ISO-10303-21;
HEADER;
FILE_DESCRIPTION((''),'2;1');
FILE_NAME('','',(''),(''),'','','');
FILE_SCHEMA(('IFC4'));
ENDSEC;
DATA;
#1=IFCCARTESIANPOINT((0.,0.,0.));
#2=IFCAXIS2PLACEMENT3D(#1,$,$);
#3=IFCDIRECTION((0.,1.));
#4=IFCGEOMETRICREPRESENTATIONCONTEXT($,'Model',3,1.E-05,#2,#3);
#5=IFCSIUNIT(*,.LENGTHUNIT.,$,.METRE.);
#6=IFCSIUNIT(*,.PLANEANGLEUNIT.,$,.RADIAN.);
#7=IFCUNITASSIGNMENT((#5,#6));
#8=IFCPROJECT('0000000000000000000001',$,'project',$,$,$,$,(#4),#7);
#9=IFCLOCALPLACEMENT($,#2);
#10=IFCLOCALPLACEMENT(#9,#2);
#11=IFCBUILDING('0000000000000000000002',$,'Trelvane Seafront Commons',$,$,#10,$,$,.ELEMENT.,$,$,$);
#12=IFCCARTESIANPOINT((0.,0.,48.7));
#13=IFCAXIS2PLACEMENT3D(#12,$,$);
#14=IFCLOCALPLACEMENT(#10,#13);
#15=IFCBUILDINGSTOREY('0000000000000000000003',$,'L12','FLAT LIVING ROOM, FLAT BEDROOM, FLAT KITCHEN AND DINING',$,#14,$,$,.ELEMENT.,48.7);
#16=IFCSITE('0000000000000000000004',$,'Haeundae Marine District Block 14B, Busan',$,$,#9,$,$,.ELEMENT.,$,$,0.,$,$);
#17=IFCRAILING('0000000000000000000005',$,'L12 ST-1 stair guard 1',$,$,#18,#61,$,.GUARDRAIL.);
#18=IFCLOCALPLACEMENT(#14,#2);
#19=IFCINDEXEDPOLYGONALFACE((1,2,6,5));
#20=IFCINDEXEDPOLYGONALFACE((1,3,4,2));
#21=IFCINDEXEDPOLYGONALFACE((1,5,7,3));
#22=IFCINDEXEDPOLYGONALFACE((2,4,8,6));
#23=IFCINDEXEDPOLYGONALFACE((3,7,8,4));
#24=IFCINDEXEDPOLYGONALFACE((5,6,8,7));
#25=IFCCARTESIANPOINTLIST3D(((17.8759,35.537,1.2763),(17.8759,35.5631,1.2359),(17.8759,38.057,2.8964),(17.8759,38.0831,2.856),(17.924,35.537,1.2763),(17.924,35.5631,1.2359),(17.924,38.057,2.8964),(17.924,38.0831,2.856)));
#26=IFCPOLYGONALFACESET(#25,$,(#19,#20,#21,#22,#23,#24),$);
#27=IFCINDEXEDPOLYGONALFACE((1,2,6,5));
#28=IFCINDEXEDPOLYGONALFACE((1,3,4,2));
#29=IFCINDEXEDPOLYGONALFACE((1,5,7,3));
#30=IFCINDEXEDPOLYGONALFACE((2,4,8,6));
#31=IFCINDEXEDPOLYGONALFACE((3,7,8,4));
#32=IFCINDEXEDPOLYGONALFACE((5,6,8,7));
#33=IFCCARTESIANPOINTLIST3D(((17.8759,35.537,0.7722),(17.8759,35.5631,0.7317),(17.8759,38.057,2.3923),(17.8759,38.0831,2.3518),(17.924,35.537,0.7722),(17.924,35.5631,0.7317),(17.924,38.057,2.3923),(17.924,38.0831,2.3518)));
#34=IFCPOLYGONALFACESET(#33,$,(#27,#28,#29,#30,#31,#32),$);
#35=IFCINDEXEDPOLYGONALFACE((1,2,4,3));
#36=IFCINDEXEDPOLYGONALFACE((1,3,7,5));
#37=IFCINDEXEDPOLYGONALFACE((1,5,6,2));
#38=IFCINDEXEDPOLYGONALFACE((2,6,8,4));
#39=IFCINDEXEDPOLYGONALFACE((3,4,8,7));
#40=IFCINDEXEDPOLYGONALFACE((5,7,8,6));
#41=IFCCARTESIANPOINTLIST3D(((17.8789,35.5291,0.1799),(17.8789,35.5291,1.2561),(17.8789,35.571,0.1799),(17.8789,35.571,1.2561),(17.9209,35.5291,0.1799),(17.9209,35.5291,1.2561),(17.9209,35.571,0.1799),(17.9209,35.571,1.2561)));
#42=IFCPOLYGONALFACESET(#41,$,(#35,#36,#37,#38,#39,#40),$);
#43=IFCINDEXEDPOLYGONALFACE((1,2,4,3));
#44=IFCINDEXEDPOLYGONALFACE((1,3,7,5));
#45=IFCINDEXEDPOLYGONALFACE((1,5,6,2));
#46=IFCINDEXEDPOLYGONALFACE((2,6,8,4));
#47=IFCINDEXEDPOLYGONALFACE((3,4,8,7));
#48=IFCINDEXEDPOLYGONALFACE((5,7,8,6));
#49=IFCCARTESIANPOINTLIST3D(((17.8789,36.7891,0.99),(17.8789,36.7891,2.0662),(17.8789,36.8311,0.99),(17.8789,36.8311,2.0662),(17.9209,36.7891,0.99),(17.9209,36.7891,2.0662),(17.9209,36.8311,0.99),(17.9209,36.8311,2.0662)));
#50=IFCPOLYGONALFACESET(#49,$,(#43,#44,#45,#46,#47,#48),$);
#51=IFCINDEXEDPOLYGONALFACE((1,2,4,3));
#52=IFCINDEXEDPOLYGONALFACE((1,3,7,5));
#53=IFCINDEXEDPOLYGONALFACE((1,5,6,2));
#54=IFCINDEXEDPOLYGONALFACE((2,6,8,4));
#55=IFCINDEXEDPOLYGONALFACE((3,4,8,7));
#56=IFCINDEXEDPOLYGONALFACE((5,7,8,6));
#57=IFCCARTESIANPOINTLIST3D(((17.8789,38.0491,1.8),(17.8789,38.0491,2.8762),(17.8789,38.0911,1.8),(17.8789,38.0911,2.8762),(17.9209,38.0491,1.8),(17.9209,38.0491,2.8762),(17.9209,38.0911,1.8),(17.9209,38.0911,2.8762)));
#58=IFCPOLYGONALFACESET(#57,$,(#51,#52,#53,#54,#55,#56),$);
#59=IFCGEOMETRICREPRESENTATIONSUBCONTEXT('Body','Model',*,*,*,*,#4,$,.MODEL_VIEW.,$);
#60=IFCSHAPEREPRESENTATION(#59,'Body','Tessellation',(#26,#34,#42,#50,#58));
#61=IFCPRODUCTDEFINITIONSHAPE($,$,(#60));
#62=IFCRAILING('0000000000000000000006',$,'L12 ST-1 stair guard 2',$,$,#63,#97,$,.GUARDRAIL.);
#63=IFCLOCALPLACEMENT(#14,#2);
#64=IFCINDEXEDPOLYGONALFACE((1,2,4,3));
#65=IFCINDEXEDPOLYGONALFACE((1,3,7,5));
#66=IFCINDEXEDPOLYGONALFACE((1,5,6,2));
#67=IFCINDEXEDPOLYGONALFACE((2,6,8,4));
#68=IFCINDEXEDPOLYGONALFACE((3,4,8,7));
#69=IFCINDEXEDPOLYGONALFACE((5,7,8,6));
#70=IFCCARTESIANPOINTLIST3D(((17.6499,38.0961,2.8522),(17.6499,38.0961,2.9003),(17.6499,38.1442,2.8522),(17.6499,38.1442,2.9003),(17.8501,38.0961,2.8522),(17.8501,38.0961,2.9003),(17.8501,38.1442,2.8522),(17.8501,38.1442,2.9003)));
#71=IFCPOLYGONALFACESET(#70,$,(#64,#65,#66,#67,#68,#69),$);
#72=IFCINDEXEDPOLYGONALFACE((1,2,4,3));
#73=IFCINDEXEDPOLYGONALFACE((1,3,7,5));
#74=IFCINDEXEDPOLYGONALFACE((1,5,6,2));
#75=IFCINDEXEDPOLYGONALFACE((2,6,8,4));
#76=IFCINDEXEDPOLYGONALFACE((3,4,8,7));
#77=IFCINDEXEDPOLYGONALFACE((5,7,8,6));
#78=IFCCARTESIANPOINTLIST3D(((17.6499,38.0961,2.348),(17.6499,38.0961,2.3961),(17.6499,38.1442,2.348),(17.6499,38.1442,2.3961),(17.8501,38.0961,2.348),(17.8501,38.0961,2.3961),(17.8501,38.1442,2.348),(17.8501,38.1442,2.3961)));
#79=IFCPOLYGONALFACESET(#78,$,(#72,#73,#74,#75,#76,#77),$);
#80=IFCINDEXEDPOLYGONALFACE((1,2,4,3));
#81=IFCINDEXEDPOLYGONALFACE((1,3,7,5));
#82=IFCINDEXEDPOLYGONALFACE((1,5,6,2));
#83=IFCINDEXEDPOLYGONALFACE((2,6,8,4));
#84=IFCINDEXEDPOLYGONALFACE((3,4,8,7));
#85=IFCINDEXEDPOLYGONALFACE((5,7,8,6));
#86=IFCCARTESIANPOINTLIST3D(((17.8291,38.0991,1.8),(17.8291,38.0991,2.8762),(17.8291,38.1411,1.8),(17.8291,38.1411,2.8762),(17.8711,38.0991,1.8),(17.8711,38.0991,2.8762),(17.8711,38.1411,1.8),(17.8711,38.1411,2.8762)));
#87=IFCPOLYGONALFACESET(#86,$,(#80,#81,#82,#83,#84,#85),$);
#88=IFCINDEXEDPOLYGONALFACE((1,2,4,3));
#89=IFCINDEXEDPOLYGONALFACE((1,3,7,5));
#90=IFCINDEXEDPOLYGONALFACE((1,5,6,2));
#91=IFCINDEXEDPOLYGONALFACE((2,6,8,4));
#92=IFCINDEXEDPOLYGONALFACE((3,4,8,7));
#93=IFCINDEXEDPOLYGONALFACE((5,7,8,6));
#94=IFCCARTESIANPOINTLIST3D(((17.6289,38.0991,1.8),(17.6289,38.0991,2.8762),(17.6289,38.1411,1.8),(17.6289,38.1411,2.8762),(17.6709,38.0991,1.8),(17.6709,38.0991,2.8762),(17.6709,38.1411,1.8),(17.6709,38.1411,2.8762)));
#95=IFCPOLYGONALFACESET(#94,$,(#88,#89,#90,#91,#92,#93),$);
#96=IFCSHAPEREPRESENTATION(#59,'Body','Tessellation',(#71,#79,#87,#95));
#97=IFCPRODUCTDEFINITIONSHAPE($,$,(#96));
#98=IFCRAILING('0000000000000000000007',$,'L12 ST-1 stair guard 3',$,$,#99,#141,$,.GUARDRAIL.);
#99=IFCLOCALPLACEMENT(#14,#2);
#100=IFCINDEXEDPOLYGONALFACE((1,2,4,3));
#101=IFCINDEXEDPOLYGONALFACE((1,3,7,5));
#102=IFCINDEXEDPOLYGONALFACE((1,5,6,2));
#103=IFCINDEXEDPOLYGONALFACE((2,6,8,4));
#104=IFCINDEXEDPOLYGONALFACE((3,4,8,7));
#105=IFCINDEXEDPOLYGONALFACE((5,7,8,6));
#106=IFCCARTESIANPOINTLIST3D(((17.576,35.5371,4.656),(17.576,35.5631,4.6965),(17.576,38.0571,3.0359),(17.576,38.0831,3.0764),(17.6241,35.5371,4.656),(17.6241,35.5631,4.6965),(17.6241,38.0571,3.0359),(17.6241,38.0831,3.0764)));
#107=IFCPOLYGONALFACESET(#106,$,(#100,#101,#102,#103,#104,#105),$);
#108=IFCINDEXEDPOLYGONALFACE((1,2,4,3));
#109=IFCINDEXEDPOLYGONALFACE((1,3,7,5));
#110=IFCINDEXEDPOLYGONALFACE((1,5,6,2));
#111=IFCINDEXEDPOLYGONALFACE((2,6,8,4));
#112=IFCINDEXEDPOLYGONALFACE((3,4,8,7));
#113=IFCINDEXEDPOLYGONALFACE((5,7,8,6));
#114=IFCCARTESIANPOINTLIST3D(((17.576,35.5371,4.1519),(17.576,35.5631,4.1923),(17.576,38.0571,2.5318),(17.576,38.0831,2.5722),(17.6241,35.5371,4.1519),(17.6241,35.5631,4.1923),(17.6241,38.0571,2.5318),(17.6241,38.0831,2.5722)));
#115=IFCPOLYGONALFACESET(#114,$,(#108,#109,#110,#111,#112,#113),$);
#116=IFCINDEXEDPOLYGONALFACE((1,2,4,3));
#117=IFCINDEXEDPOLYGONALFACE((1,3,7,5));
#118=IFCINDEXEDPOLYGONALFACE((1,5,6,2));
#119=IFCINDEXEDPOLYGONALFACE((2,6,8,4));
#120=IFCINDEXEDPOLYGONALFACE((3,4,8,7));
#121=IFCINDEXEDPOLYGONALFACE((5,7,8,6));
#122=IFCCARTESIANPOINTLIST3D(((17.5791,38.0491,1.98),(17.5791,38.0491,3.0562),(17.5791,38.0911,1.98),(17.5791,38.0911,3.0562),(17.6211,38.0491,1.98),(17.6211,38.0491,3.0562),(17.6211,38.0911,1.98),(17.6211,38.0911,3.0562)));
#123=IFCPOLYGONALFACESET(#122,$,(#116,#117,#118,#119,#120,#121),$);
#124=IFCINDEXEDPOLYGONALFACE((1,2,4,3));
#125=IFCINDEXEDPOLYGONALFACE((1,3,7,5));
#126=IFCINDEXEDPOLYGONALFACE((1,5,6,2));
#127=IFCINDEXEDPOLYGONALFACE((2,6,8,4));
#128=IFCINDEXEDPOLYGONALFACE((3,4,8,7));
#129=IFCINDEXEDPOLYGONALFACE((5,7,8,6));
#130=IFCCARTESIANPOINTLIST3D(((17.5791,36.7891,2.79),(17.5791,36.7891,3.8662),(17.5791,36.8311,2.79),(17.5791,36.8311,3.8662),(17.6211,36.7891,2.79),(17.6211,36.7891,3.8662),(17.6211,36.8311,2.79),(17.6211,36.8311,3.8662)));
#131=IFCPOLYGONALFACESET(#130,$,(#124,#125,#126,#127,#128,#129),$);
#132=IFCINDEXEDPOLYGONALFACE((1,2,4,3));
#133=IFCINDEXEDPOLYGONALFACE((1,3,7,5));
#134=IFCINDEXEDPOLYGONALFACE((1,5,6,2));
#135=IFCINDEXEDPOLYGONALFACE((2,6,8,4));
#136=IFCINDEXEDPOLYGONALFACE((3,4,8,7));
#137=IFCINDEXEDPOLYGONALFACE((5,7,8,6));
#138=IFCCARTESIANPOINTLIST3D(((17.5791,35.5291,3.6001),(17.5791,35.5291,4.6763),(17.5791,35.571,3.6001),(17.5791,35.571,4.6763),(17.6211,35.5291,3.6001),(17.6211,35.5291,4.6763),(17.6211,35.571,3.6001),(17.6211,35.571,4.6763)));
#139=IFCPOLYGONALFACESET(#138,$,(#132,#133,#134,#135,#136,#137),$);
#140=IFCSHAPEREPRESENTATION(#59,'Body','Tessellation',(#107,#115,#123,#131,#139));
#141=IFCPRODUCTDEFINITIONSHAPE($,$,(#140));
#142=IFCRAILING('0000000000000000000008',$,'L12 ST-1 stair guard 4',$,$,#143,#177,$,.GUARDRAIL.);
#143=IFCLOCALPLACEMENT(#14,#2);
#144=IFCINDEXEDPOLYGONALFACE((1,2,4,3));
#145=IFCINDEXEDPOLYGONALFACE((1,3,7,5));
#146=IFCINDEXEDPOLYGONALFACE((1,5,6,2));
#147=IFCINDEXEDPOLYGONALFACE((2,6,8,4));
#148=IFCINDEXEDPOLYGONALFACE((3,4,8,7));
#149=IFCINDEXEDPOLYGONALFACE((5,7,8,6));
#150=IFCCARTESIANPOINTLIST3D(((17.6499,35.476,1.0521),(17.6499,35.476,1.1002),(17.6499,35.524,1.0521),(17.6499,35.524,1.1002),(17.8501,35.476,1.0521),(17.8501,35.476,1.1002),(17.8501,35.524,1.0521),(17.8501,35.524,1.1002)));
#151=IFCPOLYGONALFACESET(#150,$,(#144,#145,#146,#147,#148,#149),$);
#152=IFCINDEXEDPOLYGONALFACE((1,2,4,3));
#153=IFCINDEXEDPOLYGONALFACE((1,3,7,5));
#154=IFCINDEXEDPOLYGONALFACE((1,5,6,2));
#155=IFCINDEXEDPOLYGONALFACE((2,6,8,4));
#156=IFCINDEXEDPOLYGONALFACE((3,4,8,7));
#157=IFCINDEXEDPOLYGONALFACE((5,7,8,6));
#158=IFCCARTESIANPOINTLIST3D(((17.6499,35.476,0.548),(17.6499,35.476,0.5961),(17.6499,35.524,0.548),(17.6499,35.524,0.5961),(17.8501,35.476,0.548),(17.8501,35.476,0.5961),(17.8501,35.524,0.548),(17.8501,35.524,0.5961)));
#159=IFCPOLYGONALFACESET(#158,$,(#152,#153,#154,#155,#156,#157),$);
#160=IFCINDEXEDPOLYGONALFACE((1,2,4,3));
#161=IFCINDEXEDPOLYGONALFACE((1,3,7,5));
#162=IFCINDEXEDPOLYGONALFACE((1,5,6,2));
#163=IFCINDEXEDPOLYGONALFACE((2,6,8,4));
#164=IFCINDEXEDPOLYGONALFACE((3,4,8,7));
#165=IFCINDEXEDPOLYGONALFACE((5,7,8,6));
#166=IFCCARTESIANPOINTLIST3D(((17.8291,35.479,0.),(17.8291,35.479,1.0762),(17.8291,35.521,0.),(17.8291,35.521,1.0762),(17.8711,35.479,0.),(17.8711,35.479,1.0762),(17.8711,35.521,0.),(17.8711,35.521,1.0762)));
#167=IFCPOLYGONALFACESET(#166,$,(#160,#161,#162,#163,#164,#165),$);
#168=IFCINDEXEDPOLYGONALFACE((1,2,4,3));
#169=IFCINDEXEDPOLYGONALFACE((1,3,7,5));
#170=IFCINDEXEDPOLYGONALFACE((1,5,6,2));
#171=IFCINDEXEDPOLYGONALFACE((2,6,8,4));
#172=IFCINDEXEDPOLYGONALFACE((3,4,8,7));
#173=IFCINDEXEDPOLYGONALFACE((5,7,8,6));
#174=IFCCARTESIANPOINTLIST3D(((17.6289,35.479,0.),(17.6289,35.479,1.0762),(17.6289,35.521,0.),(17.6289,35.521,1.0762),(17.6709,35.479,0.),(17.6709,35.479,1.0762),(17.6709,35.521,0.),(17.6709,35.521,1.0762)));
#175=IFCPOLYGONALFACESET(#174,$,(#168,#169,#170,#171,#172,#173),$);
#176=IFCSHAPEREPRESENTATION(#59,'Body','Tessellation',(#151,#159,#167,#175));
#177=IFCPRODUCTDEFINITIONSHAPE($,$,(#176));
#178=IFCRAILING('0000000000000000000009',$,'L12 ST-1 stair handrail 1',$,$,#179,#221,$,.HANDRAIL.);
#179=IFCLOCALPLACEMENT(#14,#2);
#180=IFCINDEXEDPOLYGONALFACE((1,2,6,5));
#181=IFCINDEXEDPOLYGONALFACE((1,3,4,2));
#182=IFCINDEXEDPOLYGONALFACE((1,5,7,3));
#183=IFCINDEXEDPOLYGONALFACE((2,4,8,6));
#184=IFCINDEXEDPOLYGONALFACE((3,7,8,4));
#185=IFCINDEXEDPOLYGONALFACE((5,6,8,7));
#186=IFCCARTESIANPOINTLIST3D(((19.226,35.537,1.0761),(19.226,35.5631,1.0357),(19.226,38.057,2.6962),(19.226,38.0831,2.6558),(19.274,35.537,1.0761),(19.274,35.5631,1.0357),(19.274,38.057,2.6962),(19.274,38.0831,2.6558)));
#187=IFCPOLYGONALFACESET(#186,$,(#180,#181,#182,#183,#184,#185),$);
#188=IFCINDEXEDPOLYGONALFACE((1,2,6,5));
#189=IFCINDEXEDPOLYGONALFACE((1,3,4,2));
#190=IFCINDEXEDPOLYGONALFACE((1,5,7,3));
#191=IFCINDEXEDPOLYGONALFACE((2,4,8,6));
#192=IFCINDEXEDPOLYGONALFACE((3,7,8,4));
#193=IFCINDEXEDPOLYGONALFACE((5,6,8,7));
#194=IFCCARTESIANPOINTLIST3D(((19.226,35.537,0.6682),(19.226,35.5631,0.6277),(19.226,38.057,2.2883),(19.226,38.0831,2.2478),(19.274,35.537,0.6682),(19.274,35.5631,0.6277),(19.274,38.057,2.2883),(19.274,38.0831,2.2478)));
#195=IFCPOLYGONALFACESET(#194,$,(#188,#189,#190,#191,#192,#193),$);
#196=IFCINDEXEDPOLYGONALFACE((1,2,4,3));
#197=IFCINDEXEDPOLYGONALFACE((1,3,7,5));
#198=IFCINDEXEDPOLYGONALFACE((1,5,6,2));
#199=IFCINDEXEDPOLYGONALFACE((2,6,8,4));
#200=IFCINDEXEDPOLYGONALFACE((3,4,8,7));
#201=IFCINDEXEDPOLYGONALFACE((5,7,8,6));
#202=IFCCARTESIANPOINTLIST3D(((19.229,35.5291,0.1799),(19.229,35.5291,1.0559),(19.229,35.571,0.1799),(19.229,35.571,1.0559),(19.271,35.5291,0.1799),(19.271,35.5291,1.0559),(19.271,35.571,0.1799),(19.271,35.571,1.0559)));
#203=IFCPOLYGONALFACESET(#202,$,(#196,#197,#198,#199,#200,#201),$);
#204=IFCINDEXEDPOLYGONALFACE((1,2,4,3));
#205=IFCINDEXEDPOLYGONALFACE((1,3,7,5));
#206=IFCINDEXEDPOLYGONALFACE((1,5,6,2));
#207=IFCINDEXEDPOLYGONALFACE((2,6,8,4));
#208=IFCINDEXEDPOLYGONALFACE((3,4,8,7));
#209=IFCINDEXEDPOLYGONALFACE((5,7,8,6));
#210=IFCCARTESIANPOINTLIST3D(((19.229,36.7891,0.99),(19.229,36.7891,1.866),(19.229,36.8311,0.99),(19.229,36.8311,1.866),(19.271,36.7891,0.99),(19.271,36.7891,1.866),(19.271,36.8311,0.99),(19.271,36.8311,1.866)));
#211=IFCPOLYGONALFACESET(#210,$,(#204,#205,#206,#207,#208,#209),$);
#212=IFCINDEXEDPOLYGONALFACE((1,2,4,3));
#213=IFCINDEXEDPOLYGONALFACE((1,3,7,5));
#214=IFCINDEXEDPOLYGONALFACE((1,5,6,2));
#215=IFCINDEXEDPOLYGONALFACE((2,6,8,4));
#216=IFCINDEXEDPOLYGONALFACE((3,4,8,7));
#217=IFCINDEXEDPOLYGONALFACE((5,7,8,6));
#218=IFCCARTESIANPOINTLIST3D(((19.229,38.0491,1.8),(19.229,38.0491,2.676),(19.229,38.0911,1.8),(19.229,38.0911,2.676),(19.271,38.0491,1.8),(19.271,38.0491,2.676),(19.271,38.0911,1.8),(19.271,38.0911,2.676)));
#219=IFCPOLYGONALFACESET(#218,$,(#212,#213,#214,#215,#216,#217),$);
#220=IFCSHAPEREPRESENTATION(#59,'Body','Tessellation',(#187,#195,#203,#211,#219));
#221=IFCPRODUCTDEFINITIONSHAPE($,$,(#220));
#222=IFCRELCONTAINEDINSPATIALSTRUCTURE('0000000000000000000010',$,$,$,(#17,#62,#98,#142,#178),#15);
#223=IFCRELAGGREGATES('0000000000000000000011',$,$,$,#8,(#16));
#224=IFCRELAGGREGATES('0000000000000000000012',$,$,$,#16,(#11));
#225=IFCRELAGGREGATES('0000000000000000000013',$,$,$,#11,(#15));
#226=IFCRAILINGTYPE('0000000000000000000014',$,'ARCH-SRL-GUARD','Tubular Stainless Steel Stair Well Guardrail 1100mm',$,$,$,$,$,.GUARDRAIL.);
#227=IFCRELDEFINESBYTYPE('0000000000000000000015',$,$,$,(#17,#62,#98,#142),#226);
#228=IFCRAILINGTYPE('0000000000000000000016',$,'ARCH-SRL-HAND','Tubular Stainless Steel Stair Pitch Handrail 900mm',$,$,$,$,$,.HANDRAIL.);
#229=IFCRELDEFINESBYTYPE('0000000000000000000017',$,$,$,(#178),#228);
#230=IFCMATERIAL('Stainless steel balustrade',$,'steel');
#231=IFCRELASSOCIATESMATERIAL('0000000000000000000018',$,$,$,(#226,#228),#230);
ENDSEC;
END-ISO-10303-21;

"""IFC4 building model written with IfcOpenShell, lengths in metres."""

from ifc_helpers import new_model, si_unit, direction, frame, origin, origin_2d, place, context, subcontext, project, spatial, rectangle, extrude, material, type_object, element, save


model = new_model("IFC4")

# Units and contexts
model_context = context("Model", 3, precision=1e-05, world=origin(), true_north=direction((0.0, 1.0)))
body_context = subcontext(model_context, "Body", "Model", "MODEL_VIEW")
ifc_project = project(units=[si_unit("LENGTHUNIT", "METRE"), si_unit("PLANEANGLEUNIT", "RADIAN")], contexts=[model_context])

# Site, building, storey
site_placement = place(None, origin())
site = spatial("IfcSite", under=ifc_project, at=site_placement, Name="Haeundae Marine District Block 14B, Busan", CompositionType="ELEMENT", RefElevation=0.0)
building_placement = place(site_placement, origin())
building = spatial("IfcBuilding", under=site, at=building_placement, Name="Trelvane Seafront Commons", CompositionType="ELEMENT")
storey_placement = place(building_placement, frame((0.0, 0.0, 48.7)))
storey = spatial("IfcBuildingStorey", under=building, at=storey_placement, Name="L12", Description="FLAT LIVING ROOM, FLAT BEDROOM, FLAT KITCHEN AND DINING", CompositionType="ELEMENT", Elevation=48.7)

# Shared definitions
ifc_material_1 = material(Name="Stainless steel balustrade", Category="steel")

# Railings
railing_type_1 = type_object("IfcRailingType", Name="ARCH-SRL-GUARD", Description="Tubular Stainless Steel Stair Well Guardrail 1100mm", PredefinedType="GUARDRAIL", material=ifc_material_1)
railing_1_placement = place(storey_placement, frame((17.8999, 35.55, 0.1799)))
element("IfcRailing", 1, at=railing_1_placement, inside=storey, type_object=railing_type_1, Name="L12 ST-1 stair guard 1", PredefinedType="GUARDRAIL", context=body_context, shape_type="SweptSolid", body=[
    extrude(rectangle(XDim=0.0481, YDim=0.0481, at=origin_2d()), frame((0.0, 0.0, 1.0762), z_axis=(0.0, 0.841163, 0.540782), x_axis=(-1.0, 0.0, 0.0)), (0.0, 0.0, 1.0), 2.9958),
    extrude(rectangle(XDim=0.0481, YDim=0.0481, at=origin_2d()), frame((0.0, 0.0, 0.572), z_axis=(0.0, 0.841163, 0.540782), x_axis=(-1.0, 0.0, 0.0)), (0.0, 0.0, 1.0), 2.9958),
    extrude(rectangle(XDim=0.042, YDim=0.042, at=origin_2d()), origin(), (0.0, 0.0, 1.0), 1.0762),
    extrude(rectangle(XDim=0.042, YDim=0.042, at=origin_2d()), frame((0.0, 1.26, 0.8101)), (0.0, 0.0, 1.0), 1.0762),
    extrude(rectangle(XDim=0.042, YDim=0.042, at=origin_2d()), frame((0.0, 2.52, 1.6201)), (0.0, 0.0, 1.0), 1.0762),
])
railing_2_placement = place(storey_placement, frame((17.8501, 38.1201, 1.8)))
element("IfcRailing", 2, at=railing_2_placement, inside=storey, type_object=railing_type_1, Name="L12 ST-1 stair guard 2", PredefinedType="GUARDRAIL", context=body_context, shape_type="SweptSolid", body=[
    extrude(rectangle(XDim=0.0481, YDim=0.0481, at=origin_2d()), frame((0.0, 0.0, 1.0762), z_axis=(-1.0, 0.0, 0.0), x_axis=(0.0, -1.0, 0.0)), (0.0, 0.0, 1.0), 0.2002),
    extrude(rectangle(XDim=0.0481, YDim=0.0481, at=origin_2d()), frame((0.0, 0.0, 0.572), z_axis=(-1.0, 0.0, 0.0), x_axis=(0.0, -1.0, 0.0)), (0.0, 0.0, 1.0), 0.2002),
    extrude(rectangle(XDim=0.042, YDim=0.042, at=origin_2d()), origin(), (0.0, 0.0, 1.0), 1.0762),
    extrude(rectangle(XDim=0.042, YDim=0.042, at=origin_2d()), frame((-0.2002, 0.0, 0.0)), (0.0, 0.0, 1.0), 1.0762),
])
railing_3_placement = place(storey_placement, frame((17.6001, 38.0701, 1.98)))
element("IfcRailing", 3, at=railing_3_placement, inside=storey, type_object=railing_type_1, Name="L12 ST-1 stair guard 3", PredefinedType="GUARDRAIL", context=body_context, shape_type="SweptSolid", body=[
    extrude(rectangle(XDim=0.0481, YDim=0.0481, at=origin_2d()), frame((0.0, 0.0, 1.0762), z_axis=(0.0, -0.841163, 0.540782), x_axis=(1.0, 0.0, 0.0)), (0.0, 0.0, 1.0), 2.9958),
    extrude(rectangle(XDim=0.0481, YDim=0.0481, at=origin_2d()), frame((0.0, 0.0, 0.572), z_axis=(0.0, -0.841163, 0.540782), x_axis=(1.0, 0.0, 0.0)), (0.0, 0.0, 1.0), 2.9958),
    extrude(rectangle(XDim=0.042, YDim=0.042, at=origin_2d()), origin(), (0.0, 0.0, 1.0), 1.0762),
    extrude(rectangle(XDim=0.042, YDim=0.042, at=origin_2d()), frame((0.0, -1.26, 0.8101)), (0.0, 0.0, 1.0), 1.0762),
    extrude(rectangle(XDim=0.042, YDim=0.042, at=origin_2d()), frame((0.0, -2.52, 1.6201)), (0.0, 0.0, 1.0), 1.0762),
])
railing_4_placement = place(storey_placement, frame((17.8501, 35.5, 0.0)))
element("IfcRailing", 4, at=railing_4_placement, inside=storey, type_object=railing_type_1, Name="L12 ST-1 stair guard 4", PredefinedType="GUARDRAIL", context=body_context, shape_type="SweptSolid", body=[
    extrude(rectangle(XDim=0.0481, YDim=0.0481, at=origin_2d()), frame((0.0, 0.0, 1.0762), z_axis=(-1.0, 0.0, 0.0), x_axis=(0.0, -1.0, 0.0)), (0.0, 0.0, 1.0), 0.2002),
    extrude(rectangle(XDim=0.0481, YDim=0.0481, at=origin_2d()), frame((0.0, 0.0, 0.572), z_axis=(-1.0, 0.0, 0.0), x_axis=(0.0, -1.0, 0.0)), (0.0, 0.0, 1.0), 0.2002),
    extrude(rectangle(XDim=0.042, YDim=0.042, at=origin_2d()), origin(), (0.0, 0.0, 1.0), 1.0762),
    extrude(rectangle(XDim=0.042, YDim=0.042, at=origin_2d()), frame((-0.2002, 0.0, 0.0)), (0.0, 0.0, 1.0), 1.0762),
])
railing_type_2 = type_object("IfcRailingType", Name="ARCH-SRL-HAND", Description="Tubular Stainless Steel Stair Pitch Handrail 900mm", PredefinedType="HANDRAIL", material=ifc_material_1)
railing_5_placement = place(storey_placement, frame((19.25, 35.55, 0.1799)))
element("IfcRailing", 5, at=railing_5_placement, inside=storey, type_object=railing_type_2, Name="L12 ST-1 stair handrail 1", PredefinedType="HANDRAIL", context=body_context, shape_type="SweptSolid", body=[
    extrude(rectangle(XDim=0.0481, YDim=0.0481, at=origin_2d()), frame((0.0, 0.0, 0.876), z_axis=(0.0, 0.841163, 0.540782), x_axis=(-1.0, 0.0, 0.0)), (0.0, 0.0, 1.0), 2.9958),
    extrude(rectangle(XDim=0.0481, YDim=0.0481, at=origin_2d()), frame((0.0, 0.0, 0.468), z_axis=(0.0, 0.841163, 0.540782), x_axis=(-1.0, 0.0, 0.0)), (0.0, 0.0, 1.0), 2.9958),
    extrude(rectangle(XDim=0.042, YDim=0.042, at=origin_2d()), origin(), (0.0, 0.0, 1.0), 0.876),
    extrude(rectangle(XDim=0.042, YDim=0.042, at=origin_2d()), frame((0.0, 1.26, 0.8101)), (0.0, 0.0, 1.0), 0.876),
    extrude(rectangle(XDim=0.042, YDim=0.042, at=origin_2d()), frame((0.0, 2.52, 1.6201)), (0.0, 0.0, 1.0), 0.876),
])

save(model, "model.ifc")
